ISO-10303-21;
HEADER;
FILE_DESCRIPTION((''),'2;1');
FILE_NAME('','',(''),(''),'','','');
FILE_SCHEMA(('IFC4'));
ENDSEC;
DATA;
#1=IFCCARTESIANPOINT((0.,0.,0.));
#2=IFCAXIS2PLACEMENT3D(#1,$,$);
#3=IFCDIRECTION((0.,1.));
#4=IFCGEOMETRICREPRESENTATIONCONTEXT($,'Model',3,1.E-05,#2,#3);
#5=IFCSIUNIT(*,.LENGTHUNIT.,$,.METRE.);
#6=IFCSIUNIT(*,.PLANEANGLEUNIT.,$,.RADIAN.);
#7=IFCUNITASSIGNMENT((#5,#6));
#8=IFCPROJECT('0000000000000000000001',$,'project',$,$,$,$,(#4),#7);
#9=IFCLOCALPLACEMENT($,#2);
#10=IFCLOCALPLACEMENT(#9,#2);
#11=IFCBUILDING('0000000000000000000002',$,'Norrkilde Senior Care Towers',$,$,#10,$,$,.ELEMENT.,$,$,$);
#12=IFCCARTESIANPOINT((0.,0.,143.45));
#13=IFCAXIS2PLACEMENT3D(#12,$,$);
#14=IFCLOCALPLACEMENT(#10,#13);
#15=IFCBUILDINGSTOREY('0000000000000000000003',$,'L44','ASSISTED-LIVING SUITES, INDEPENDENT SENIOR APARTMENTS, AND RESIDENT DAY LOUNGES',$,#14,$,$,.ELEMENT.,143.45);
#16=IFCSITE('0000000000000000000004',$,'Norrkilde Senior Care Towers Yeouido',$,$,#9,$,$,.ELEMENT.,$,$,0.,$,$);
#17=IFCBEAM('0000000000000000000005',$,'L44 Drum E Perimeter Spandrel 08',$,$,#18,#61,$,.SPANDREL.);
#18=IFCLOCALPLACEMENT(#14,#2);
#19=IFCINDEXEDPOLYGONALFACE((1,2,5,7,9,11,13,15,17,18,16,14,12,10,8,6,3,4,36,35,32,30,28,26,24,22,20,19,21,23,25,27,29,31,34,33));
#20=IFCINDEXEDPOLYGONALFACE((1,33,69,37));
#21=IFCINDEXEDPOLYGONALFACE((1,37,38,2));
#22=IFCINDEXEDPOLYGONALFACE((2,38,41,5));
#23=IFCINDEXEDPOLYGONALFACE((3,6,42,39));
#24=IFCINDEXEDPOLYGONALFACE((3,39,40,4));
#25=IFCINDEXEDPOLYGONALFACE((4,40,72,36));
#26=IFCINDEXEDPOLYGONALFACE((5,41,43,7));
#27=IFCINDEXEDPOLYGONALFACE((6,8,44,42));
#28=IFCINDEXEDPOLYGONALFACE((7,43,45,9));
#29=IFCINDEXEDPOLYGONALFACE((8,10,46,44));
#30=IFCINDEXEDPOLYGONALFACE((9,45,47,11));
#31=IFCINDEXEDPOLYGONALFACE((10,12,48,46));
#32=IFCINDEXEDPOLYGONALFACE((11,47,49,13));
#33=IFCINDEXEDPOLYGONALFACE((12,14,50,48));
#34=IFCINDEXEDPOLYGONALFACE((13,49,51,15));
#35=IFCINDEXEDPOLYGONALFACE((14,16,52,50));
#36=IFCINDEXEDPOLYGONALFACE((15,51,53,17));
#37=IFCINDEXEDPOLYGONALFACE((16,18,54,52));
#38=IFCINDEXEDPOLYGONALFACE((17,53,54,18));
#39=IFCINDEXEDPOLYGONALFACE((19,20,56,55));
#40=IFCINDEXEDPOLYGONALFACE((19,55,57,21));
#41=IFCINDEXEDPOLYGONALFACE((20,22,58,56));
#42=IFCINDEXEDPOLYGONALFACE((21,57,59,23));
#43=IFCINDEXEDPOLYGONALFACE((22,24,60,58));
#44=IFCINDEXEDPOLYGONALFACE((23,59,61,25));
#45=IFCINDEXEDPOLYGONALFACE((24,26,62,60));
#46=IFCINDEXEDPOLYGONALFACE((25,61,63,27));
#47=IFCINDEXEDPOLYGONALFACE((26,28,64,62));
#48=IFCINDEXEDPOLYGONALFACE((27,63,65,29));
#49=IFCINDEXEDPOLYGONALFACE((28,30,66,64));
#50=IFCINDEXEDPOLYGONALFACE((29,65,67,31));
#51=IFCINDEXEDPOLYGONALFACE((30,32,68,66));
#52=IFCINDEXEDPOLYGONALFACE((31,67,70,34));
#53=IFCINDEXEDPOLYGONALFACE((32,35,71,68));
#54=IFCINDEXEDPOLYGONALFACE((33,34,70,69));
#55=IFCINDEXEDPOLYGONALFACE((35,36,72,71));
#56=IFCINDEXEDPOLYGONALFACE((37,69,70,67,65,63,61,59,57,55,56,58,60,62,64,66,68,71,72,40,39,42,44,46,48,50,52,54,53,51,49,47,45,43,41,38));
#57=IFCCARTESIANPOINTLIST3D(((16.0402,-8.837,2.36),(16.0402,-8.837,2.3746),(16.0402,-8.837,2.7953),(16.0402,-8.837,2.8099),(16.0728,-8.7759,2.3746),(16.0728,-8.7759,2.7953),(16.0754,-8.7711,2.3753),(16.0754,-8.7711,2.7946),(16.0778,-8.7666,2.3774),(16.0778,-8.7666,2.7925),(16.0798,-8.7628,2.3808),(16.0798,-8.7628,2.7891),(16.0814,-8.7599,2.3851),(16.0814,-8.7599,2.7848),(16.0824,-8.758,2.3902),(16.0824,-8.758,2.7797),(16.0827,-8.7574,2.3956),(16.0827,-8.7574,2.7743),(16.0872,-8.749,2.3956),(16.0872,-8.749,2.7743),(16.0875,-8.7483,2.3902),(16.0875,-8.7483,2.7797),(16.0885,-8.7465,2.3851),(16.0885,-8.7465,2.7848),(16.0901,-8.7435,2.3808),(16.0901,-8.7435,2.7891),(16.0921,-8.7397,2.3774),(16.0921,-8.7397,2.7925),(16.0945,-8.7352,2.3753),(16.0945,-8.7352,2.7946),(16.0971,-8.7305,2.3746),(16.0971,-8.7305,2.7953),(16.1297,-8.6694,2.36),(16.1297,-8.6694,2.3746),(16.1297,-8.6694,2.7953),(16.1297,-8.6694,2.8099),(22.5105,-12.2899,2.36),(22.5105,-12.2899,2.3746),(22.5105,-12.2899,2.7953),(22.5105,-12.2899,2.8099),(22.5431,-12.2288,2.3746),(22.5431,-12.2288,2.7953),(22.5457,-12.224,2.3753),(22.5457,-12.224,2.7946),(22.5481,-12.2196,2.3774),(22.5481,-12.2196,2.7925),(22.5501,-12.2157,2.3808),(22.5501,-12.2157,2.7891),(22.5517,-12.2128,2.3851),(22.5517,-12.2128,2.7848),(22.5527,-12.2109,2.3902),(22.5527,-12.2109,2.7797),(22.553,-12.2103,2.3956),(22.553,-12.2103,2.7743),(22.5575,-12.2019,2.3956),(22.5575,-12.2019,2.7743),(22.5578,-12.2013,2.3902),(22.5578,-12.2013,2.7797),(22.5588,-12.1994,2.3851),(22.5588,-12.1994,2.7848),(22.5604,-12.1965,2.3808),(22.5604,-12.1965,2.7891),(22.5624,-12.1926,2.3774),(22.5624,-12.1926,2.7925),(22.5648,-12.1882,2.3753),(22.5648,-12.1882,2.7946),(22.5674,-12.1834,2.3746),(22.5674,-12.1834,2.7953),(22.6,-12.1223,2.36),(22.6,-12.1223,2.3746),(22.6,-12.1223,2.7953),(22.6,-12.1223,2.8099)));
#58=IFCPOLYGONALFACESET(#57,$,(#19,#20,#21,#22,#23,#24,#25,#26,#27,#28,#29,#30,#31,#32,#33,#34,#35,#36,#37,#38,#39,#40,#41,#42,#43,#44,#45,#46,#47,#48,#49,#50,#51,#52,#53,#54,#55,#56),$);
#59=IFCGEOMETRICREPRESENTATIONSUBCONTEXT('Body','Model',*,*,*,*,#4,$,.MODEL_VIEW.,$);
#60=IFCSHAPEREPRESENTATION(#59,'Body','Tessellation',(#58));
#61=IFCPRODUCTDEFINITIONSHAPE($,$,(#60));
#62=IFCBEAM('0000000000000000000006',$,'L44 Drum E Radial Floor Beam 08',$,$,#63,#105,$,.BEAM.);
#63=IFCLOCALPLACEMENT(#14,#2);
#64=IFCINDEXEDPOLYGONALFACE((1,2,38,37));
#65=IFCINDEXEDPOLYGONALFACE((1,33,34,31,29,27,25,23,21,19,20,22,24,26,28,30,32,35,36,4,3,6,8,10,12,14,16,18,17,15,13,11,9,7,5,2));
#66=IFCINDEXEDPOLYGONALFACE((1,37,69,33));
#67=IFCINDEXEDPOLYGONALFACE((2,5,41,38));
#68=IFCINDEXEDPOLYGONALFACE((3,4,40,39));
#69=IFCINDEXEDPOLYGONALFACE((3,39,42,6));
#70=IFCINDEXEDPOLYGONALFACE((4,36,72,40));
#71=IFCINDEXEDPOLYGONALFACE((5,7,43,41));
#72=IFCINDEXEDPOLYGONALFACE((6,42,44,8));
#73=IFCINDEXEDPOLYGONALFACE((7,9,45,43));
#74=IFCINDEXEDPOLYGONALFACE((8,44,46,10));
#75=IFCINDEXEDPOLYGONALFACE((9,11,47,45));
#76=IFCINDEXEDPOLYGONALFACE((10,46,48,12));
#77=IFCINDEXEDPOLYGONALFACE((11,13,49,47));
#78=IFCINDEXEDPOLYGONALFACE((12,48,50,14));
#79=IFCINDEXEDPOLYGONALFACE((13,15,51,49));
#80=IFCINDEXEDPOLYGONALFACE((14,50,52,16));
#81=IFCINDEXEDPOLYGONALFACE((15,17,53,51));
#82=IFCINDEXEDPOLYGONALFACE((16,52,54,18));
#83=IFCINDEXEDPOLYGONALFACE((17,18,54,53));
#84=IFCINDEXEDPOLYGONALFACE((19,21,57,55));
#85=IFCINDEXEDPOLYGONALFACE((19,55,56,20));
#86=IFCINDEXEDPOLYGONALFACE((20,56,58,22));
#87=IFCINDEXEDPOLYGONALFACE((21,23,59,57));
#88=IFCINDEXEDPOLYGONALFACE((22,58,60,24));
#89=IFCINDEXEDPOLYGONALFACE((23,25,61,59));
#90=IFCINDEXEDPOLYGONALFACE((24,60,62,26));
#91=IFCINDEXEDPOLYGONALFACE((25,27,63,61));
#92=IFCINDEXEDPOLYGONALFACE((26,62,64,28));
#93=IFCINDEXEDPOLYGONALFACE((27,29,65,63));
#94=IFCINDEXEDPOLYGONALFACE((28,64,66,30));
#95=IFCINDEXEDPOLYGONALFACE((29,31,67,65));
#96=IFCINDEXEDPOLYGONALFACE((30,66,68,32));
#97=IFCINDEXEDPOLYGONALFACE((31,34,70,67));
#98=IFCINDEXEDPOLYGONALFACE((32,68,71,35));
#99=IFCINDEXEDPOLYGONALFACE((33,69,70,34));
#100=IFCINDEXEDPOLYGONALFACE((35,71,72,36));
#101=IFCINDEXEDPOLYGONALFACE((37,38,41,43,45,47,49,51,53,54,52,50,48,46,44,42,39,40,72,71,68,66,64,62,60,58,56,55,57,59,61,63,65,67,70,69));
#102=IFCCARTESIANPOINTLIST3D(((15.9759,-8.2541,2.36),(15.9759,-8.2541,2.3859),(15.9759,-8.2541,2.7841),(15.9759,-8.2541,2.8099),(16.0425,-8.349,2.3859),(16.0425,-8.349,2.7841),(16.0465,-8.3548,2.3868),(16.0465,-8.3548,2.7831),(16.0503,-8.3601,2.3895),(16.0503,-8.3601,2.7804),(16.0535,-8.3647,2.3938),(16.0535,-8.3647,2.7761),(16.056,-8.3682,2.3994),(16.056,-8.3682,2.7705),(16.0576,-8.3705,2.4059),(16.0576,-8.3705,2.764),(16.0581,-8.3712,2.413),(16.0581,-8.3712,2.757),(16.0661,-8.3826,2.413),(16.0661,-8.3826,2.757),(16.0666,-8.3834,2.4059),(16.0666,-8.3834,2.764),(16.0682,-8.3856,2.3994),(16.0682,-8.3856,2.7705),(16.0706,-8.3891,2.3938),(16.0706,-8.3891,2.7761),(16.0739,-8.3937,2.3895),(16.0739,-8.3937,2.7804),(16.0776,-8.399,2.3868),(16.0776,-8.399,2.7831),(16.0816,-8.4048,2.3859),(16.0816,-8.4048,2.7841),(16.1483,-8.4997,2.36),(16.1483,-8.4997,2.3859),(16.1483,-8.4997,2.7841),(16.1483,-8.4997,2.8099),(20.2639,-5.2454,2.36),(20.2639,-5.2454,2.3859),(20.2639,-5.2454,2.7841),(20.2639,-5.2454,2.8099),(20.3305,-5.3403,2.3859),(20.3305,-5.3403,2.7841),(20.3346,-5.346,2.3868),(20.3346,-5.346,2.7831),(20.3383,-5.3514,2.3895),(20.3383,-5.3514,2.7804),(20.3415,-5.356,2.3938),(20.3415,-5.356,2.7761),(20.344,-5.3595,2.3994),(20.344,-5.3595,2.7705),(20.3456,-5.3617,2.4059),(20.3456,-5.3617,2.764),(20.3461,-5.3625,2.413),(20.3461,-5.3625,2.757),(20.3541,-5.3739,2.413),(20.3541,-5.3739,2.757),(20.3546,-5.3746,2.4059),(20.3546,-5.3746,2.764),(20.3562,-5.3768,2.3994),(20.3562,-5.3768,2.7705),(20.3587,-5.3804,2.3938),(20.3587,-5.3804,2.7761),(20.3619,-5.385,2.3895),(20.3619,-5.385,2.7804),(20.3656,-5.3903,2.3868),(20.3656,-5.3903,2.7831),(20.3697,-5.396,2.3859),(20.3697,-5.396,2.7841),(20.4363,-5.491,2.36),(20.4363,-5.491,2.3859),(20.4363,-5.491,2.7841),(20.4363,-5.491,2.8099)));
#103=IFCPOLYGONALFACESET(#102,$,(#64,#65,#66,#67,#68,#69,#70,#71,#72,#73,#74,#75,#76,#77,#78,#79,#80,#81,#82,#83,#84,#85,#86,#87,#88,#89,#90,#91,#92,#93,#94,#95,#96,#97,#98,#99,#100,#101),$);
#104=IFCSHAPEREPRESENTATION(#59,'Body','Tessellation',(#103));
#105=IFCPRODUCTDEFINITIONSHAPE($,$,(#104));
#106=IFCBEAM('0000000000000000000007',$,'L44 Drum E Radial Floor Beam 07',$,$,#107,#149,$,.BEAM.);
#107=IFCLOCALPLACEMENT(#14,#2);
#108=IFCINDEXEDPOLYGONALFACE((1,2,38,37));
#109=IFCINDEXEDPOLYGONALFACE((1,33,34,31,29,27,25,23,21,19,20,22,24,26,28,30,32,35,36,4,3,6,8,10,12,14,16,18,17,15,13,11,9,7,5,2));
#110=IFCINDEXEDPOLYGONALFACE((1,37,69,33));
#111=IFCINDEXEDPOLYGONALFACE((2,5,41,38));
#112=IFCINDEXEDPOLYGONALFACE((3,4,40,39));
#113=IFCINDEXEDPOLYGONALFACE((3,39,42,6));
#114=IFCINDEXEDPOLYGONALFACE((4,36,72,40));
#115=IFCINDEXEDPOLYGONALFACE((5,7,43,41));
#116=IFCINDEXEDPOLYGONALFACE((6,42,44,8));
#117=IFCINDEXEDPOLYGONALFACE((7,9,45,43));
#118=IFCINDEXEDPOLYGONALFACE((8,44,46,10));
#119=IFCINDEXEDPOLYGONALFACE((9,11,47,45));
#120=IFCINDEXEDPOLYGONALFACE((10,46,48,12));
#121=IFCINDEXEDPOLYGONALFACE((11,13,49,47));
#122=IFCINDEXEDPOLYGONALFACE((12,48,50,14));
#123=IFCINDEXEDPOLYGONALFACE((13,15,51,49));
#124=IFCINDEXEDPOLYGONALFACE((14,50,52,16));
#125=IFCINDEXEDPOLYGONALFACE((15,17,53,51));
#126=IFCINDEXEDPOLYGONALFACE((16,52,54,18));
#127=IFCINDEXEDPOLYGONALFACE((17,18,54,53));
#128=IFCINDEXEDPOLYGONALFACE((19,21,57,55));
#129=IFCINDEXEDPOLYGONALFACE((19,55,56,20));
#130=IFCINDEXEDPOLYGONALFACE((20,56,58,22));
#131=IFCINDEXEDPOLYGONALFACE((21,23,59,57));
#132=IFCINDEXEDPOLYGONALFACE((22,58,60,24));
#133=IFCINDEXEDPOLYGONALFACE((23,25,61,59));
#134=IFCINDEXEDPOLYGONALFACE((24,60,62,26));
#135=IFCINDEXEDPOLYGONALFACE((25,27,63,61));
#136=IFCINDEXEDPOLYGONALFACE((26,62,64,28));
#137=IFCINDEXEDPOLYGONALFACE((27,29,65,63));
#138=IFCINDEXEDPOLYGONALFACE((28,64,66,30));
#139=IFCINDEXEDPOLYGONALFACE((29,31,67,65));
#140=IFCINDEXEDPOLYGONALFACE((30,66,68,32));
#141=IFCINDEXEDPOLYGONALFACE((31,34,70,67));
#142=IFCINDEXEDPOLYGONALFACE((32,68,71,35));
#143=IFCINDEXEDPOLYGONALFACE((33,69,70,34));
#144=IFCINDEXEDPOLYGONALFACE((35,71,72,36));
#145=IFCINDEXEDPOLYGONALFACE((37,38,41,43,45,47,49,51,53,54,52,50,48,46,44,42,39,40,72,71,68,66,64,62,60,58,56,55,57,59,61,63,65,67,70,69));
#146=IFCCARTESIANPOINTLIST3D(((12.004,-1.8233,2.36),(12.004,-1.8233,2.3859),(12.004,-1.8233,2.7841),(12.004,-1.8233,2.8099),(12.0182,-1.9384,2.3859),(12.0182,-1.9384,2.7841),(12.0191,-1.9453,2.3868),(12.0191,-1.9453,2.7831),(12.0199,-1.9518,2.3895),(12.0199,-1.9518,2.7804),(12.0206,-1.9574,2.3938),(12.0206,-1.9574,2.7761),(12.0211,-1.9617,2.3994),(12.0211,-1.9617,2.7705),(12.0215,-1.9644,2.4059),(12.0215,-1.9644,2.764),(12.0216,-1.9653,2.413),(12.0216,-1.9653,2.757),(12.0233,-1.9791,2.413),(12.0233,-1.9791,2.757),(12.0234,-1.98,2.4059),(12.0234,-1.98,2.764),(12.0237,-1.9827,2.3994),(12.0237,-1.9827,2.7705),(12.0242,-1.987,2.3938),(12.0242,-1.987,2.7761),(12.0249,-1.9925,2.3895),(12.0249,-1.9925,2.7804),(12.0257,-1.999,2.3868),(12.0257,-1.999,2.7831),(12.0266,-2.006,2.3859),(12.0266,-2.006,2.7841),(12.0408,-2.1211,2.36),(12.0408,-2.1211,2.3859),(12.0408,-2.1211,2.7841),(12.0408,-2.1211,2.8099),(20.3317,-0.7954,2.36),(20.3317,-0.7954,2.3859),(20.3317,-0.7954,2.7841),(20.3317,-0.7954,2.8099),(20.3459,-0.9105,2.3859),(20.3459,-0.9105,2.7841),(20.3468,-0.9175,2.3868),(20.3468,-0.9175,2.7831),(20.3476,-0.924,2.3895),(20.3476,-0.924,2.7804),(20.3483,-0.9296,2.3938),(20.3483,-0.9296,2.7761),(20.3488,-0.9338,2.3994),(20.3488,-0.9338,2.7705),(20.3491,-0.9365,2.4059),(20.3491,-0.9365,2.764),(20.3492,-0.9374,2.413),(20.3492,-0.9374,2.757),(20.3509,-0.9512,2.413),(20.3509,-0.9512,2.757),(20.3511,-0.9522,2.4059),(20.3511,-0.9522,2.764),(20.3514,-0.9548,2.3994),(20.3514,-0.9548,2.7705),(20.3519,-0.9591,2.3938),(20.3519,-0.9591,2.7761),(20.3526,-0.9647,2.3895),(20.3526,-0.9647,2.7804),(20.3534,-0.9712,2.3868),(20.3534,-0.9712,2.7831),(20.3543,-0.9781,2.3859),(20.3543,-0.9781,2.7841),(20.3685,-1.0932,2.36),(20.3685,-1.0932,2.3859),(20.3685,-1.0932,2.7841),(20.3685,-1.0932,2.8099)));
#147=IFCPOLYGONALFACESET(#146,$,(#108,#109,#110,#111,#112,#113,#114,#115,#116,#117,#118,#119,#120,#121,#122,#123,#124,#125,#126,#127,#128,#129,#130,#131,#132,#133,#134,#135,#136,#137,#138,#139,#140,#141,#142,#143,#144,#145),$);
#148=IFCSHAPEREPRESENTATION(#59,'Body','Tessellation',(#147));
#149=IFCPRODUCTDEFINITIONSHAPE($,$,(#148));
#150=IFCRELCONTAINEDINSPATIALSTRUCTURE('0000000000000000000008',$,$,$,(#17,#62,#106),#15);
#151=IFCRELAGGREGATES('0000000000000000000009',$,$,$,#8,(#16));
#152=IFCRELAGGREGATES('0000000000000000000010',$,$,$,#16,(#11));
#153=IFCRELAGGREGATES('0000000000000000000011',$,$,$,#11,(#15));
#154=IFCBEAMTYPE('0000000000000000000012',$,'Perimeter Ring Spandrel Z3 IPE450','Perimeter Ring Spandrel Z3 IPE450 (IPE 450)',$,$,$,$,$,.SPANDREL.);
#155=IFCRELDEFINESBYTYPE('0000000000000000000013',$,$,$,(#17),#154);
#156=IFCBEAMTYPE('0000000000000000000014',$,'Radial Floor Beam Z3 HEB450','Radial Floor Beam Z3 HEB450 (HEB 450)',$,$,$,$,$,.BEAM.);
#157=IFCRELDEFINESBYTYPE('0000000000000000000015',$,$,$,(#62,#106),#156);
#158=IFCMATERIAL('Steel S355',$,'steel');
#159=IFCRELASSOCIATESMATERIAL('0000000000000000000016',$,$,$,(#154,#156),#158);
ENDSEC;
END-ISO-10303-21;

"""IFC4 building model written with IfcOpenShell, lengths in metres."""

from ifc_helpers import new_model, si_unit, direction, frame, origin, origin_2d, place, context, subcontext, project, spatial, i_section, extrude, source, transform, mapped, material, material_profile, profile_set, type_object, type_shapes, element, save


model = new_model("IFC4")

# Units and contexts
model_context = context("Model", 3, precision=1e-05, world=origin(), true_north=direction((0.0, 1.0)))
body_context = subcontext(model_context, "Body", "Model", "MODEL_VIEW")
ifc_project = project(units=[si_unit("LENGTHUNIT", "METRE"), si_unit("PLANEANGLEUNIT", "RADIAN")], contexts=[model_context])

# Site, building, storey
site_placement = place(None, origin())
site = spatial("IfcSite", under=ifc_project, at=site_placement, Name="Norrkilde Senior Care Towers Yeouido", CompositionType="ELEMENT", RefElevation=0.0)
building_placement = place(site_placement, origin())
building = spatial("IfcBuilding", under=site, at=building_placement, Name="Norrkilde Senior Care Towers", CompositionType="ELEMENT")
storey_placement = place(building_placement, frame((0.0, 0.0, 143.45)))
storey = spatial("IfcBuildingStorey", under=building, at=storey_placement, Name="L44", Description="ASSISTED-LIVING SUITES, INDEPENDENT SENIOR APARTMENTS, AND RESIDENT DAY LOUNGES", CompositionType="ELEMENT", Elevation=143.45)

# Beams
ifc_material_1 = material(Name="Steel S355", Category="steel")
ifc_material_profile_1 = material_profile(ifc_material_1, i_section(OverallWidth=0.1899, OverallDepth=0.45, WebThickness=0.0095, FlangeThickness=0.0146, FilletRadius=0.021, at=origin_2d()), Name="IPE 450")
ifc_profile_set_1 = profile_set([ifc_material_profile_1], Name="Steel S355")
beam_type_1 = type_object("IfcBeamType", Name="Perimeter Ring Spandrel Z3 IPE450", Description="Perimeter Ring Spandrel Z3 IPE450 (IPE 450)", PredefinedType="SPANDREL", material=ifc_profile_set_1)
shared_shape_1 = source(origin(), body_context, "Body", "SweptSolid", [
    extrude(i_section(OverallWidth=0.1899, OverallDepth=0.45, WebThickness=0.0095, FlangeThickness=0.0146, FilletRadius=0.021, at=origin_2d()), origin(), (0.0, 0.0, 1.0), 7.334),
])
beam_1_placement = place(storey_placement, frame((16.085, -8.7532, 2.585), z_axis=(0.882234, -0.470811, 0.0), x_axis=(0.470811, 0.882234, 0.0)))
element("IfcBeam", 1, at=beam_1_placement, inside=storey, type_object=beam_type_1, Name="L44 Drum E Perimeter Spandrel 08", PredefinedType="SPANDREL", context=body_context, shape_type="MappedRepresentation", body=[
    mapped(shared_shape_1, transform((0.0, 0.0, 0.0), x_axis=(1.0, 0.0, 0.0), y_axis=(0.0, 1.0, 0.0), z_axis=(0.0, 0.0, 1.0), scale=1.0)),
])
ifc_material_profile_2 = material_profile(ifc_material_1, i_section(OverallWidth=0.3, OverallDepth=0.45, WebThickness=0.0139, FlangeThickness=0.0259, FilletRadius=0.0271, at=origin_2d()), Name="HEB 450")
ifc_profile_set_2 = profile_set([ifc_material_profile_2], Name="Steel S355")
beam_type_2 = type_object("IfcBeamType", Name="Radial Floor Beam Z3 HEB450", Description="Radial Floor Beam Z3 HEB450 (HEB 450)", PredefinedType="BEAM", material=ifc_profile_set_2)
shared_shape_2 = source(origin(), body_context, "Body", "SweptSolid", [
    extrude(i_section(OverallWidth=0.3, OverallDepth=0.45, WebThickness=0.0139, FlangeThickness=0.0259, FilletRadius=0.0271, at=origin_2d()), origin(), (0.0, 0.0, 1.0), 5.2383),
])
beam_2_placement = place(storey_placement, frame((20.3501, -5.3682, 2.585), z_axis=(-0.818592, -0.574375, 0.0), x_axis=(0.574375, -0.818592, 0.0)))
element("IfcBeam", 2, at=beam_2_placement, inside=storey, type_object=beam_type_2, Name="L44 Drum E Radial Floor Beam 08", PredefinedType="BEAM", context=body_context, shape_type="MappedRepresentation", body=[
    mapped(shared_shape_2, transform((0.0, 0.0, 0.0), x_axis=(1.0, 0.0, 0.0), y_axis=(0.0, 1.0, 0.0), z_axis=(0.0, 0.0, 1.0), scale=1.0)),
])
shared_shape_3 = source(origin(), body_context, "Body", "SweptSolid", [
    extrude(i_section(OverallWidth=0.3, OverallDepth=0.45, WebThickness=0.0139, FlangeThickness=0.0259, FilletRadius=0.0271, at=origin_2d()), origin(), (0.0, 0.0, 1.0), 8.3909),
])
type_shapes(beam_type_2, [shared_shape_2, shared_shape_3])
beam_3_placement = place(storey_placement, frame((20.3501, -0.9443, 2.585), z_axis=(-0.992469, -0.122495, 0.0), x_axis=(0.122495, -0.992469, 0.0)))
element("IfcBeam", 3, at=beam_3_placement, inside=storey, type_object=beam_type_2, Name="L44 Drum E Radial Floor Beam 07", PredefinedType="BEAM", context=body_context, shape_type="MappedRepresentation", body=[
    mapped(shared_shape_3, transform((0.0, 0.0, 0.0), x_axis=(1.0, 0.0, 0.0), y_axis=(0.0, 1.0, 0.0), z_axis=(0.0, 0.0, 1.0), scale=1.0)),
])

save(model, "model.ifc")
